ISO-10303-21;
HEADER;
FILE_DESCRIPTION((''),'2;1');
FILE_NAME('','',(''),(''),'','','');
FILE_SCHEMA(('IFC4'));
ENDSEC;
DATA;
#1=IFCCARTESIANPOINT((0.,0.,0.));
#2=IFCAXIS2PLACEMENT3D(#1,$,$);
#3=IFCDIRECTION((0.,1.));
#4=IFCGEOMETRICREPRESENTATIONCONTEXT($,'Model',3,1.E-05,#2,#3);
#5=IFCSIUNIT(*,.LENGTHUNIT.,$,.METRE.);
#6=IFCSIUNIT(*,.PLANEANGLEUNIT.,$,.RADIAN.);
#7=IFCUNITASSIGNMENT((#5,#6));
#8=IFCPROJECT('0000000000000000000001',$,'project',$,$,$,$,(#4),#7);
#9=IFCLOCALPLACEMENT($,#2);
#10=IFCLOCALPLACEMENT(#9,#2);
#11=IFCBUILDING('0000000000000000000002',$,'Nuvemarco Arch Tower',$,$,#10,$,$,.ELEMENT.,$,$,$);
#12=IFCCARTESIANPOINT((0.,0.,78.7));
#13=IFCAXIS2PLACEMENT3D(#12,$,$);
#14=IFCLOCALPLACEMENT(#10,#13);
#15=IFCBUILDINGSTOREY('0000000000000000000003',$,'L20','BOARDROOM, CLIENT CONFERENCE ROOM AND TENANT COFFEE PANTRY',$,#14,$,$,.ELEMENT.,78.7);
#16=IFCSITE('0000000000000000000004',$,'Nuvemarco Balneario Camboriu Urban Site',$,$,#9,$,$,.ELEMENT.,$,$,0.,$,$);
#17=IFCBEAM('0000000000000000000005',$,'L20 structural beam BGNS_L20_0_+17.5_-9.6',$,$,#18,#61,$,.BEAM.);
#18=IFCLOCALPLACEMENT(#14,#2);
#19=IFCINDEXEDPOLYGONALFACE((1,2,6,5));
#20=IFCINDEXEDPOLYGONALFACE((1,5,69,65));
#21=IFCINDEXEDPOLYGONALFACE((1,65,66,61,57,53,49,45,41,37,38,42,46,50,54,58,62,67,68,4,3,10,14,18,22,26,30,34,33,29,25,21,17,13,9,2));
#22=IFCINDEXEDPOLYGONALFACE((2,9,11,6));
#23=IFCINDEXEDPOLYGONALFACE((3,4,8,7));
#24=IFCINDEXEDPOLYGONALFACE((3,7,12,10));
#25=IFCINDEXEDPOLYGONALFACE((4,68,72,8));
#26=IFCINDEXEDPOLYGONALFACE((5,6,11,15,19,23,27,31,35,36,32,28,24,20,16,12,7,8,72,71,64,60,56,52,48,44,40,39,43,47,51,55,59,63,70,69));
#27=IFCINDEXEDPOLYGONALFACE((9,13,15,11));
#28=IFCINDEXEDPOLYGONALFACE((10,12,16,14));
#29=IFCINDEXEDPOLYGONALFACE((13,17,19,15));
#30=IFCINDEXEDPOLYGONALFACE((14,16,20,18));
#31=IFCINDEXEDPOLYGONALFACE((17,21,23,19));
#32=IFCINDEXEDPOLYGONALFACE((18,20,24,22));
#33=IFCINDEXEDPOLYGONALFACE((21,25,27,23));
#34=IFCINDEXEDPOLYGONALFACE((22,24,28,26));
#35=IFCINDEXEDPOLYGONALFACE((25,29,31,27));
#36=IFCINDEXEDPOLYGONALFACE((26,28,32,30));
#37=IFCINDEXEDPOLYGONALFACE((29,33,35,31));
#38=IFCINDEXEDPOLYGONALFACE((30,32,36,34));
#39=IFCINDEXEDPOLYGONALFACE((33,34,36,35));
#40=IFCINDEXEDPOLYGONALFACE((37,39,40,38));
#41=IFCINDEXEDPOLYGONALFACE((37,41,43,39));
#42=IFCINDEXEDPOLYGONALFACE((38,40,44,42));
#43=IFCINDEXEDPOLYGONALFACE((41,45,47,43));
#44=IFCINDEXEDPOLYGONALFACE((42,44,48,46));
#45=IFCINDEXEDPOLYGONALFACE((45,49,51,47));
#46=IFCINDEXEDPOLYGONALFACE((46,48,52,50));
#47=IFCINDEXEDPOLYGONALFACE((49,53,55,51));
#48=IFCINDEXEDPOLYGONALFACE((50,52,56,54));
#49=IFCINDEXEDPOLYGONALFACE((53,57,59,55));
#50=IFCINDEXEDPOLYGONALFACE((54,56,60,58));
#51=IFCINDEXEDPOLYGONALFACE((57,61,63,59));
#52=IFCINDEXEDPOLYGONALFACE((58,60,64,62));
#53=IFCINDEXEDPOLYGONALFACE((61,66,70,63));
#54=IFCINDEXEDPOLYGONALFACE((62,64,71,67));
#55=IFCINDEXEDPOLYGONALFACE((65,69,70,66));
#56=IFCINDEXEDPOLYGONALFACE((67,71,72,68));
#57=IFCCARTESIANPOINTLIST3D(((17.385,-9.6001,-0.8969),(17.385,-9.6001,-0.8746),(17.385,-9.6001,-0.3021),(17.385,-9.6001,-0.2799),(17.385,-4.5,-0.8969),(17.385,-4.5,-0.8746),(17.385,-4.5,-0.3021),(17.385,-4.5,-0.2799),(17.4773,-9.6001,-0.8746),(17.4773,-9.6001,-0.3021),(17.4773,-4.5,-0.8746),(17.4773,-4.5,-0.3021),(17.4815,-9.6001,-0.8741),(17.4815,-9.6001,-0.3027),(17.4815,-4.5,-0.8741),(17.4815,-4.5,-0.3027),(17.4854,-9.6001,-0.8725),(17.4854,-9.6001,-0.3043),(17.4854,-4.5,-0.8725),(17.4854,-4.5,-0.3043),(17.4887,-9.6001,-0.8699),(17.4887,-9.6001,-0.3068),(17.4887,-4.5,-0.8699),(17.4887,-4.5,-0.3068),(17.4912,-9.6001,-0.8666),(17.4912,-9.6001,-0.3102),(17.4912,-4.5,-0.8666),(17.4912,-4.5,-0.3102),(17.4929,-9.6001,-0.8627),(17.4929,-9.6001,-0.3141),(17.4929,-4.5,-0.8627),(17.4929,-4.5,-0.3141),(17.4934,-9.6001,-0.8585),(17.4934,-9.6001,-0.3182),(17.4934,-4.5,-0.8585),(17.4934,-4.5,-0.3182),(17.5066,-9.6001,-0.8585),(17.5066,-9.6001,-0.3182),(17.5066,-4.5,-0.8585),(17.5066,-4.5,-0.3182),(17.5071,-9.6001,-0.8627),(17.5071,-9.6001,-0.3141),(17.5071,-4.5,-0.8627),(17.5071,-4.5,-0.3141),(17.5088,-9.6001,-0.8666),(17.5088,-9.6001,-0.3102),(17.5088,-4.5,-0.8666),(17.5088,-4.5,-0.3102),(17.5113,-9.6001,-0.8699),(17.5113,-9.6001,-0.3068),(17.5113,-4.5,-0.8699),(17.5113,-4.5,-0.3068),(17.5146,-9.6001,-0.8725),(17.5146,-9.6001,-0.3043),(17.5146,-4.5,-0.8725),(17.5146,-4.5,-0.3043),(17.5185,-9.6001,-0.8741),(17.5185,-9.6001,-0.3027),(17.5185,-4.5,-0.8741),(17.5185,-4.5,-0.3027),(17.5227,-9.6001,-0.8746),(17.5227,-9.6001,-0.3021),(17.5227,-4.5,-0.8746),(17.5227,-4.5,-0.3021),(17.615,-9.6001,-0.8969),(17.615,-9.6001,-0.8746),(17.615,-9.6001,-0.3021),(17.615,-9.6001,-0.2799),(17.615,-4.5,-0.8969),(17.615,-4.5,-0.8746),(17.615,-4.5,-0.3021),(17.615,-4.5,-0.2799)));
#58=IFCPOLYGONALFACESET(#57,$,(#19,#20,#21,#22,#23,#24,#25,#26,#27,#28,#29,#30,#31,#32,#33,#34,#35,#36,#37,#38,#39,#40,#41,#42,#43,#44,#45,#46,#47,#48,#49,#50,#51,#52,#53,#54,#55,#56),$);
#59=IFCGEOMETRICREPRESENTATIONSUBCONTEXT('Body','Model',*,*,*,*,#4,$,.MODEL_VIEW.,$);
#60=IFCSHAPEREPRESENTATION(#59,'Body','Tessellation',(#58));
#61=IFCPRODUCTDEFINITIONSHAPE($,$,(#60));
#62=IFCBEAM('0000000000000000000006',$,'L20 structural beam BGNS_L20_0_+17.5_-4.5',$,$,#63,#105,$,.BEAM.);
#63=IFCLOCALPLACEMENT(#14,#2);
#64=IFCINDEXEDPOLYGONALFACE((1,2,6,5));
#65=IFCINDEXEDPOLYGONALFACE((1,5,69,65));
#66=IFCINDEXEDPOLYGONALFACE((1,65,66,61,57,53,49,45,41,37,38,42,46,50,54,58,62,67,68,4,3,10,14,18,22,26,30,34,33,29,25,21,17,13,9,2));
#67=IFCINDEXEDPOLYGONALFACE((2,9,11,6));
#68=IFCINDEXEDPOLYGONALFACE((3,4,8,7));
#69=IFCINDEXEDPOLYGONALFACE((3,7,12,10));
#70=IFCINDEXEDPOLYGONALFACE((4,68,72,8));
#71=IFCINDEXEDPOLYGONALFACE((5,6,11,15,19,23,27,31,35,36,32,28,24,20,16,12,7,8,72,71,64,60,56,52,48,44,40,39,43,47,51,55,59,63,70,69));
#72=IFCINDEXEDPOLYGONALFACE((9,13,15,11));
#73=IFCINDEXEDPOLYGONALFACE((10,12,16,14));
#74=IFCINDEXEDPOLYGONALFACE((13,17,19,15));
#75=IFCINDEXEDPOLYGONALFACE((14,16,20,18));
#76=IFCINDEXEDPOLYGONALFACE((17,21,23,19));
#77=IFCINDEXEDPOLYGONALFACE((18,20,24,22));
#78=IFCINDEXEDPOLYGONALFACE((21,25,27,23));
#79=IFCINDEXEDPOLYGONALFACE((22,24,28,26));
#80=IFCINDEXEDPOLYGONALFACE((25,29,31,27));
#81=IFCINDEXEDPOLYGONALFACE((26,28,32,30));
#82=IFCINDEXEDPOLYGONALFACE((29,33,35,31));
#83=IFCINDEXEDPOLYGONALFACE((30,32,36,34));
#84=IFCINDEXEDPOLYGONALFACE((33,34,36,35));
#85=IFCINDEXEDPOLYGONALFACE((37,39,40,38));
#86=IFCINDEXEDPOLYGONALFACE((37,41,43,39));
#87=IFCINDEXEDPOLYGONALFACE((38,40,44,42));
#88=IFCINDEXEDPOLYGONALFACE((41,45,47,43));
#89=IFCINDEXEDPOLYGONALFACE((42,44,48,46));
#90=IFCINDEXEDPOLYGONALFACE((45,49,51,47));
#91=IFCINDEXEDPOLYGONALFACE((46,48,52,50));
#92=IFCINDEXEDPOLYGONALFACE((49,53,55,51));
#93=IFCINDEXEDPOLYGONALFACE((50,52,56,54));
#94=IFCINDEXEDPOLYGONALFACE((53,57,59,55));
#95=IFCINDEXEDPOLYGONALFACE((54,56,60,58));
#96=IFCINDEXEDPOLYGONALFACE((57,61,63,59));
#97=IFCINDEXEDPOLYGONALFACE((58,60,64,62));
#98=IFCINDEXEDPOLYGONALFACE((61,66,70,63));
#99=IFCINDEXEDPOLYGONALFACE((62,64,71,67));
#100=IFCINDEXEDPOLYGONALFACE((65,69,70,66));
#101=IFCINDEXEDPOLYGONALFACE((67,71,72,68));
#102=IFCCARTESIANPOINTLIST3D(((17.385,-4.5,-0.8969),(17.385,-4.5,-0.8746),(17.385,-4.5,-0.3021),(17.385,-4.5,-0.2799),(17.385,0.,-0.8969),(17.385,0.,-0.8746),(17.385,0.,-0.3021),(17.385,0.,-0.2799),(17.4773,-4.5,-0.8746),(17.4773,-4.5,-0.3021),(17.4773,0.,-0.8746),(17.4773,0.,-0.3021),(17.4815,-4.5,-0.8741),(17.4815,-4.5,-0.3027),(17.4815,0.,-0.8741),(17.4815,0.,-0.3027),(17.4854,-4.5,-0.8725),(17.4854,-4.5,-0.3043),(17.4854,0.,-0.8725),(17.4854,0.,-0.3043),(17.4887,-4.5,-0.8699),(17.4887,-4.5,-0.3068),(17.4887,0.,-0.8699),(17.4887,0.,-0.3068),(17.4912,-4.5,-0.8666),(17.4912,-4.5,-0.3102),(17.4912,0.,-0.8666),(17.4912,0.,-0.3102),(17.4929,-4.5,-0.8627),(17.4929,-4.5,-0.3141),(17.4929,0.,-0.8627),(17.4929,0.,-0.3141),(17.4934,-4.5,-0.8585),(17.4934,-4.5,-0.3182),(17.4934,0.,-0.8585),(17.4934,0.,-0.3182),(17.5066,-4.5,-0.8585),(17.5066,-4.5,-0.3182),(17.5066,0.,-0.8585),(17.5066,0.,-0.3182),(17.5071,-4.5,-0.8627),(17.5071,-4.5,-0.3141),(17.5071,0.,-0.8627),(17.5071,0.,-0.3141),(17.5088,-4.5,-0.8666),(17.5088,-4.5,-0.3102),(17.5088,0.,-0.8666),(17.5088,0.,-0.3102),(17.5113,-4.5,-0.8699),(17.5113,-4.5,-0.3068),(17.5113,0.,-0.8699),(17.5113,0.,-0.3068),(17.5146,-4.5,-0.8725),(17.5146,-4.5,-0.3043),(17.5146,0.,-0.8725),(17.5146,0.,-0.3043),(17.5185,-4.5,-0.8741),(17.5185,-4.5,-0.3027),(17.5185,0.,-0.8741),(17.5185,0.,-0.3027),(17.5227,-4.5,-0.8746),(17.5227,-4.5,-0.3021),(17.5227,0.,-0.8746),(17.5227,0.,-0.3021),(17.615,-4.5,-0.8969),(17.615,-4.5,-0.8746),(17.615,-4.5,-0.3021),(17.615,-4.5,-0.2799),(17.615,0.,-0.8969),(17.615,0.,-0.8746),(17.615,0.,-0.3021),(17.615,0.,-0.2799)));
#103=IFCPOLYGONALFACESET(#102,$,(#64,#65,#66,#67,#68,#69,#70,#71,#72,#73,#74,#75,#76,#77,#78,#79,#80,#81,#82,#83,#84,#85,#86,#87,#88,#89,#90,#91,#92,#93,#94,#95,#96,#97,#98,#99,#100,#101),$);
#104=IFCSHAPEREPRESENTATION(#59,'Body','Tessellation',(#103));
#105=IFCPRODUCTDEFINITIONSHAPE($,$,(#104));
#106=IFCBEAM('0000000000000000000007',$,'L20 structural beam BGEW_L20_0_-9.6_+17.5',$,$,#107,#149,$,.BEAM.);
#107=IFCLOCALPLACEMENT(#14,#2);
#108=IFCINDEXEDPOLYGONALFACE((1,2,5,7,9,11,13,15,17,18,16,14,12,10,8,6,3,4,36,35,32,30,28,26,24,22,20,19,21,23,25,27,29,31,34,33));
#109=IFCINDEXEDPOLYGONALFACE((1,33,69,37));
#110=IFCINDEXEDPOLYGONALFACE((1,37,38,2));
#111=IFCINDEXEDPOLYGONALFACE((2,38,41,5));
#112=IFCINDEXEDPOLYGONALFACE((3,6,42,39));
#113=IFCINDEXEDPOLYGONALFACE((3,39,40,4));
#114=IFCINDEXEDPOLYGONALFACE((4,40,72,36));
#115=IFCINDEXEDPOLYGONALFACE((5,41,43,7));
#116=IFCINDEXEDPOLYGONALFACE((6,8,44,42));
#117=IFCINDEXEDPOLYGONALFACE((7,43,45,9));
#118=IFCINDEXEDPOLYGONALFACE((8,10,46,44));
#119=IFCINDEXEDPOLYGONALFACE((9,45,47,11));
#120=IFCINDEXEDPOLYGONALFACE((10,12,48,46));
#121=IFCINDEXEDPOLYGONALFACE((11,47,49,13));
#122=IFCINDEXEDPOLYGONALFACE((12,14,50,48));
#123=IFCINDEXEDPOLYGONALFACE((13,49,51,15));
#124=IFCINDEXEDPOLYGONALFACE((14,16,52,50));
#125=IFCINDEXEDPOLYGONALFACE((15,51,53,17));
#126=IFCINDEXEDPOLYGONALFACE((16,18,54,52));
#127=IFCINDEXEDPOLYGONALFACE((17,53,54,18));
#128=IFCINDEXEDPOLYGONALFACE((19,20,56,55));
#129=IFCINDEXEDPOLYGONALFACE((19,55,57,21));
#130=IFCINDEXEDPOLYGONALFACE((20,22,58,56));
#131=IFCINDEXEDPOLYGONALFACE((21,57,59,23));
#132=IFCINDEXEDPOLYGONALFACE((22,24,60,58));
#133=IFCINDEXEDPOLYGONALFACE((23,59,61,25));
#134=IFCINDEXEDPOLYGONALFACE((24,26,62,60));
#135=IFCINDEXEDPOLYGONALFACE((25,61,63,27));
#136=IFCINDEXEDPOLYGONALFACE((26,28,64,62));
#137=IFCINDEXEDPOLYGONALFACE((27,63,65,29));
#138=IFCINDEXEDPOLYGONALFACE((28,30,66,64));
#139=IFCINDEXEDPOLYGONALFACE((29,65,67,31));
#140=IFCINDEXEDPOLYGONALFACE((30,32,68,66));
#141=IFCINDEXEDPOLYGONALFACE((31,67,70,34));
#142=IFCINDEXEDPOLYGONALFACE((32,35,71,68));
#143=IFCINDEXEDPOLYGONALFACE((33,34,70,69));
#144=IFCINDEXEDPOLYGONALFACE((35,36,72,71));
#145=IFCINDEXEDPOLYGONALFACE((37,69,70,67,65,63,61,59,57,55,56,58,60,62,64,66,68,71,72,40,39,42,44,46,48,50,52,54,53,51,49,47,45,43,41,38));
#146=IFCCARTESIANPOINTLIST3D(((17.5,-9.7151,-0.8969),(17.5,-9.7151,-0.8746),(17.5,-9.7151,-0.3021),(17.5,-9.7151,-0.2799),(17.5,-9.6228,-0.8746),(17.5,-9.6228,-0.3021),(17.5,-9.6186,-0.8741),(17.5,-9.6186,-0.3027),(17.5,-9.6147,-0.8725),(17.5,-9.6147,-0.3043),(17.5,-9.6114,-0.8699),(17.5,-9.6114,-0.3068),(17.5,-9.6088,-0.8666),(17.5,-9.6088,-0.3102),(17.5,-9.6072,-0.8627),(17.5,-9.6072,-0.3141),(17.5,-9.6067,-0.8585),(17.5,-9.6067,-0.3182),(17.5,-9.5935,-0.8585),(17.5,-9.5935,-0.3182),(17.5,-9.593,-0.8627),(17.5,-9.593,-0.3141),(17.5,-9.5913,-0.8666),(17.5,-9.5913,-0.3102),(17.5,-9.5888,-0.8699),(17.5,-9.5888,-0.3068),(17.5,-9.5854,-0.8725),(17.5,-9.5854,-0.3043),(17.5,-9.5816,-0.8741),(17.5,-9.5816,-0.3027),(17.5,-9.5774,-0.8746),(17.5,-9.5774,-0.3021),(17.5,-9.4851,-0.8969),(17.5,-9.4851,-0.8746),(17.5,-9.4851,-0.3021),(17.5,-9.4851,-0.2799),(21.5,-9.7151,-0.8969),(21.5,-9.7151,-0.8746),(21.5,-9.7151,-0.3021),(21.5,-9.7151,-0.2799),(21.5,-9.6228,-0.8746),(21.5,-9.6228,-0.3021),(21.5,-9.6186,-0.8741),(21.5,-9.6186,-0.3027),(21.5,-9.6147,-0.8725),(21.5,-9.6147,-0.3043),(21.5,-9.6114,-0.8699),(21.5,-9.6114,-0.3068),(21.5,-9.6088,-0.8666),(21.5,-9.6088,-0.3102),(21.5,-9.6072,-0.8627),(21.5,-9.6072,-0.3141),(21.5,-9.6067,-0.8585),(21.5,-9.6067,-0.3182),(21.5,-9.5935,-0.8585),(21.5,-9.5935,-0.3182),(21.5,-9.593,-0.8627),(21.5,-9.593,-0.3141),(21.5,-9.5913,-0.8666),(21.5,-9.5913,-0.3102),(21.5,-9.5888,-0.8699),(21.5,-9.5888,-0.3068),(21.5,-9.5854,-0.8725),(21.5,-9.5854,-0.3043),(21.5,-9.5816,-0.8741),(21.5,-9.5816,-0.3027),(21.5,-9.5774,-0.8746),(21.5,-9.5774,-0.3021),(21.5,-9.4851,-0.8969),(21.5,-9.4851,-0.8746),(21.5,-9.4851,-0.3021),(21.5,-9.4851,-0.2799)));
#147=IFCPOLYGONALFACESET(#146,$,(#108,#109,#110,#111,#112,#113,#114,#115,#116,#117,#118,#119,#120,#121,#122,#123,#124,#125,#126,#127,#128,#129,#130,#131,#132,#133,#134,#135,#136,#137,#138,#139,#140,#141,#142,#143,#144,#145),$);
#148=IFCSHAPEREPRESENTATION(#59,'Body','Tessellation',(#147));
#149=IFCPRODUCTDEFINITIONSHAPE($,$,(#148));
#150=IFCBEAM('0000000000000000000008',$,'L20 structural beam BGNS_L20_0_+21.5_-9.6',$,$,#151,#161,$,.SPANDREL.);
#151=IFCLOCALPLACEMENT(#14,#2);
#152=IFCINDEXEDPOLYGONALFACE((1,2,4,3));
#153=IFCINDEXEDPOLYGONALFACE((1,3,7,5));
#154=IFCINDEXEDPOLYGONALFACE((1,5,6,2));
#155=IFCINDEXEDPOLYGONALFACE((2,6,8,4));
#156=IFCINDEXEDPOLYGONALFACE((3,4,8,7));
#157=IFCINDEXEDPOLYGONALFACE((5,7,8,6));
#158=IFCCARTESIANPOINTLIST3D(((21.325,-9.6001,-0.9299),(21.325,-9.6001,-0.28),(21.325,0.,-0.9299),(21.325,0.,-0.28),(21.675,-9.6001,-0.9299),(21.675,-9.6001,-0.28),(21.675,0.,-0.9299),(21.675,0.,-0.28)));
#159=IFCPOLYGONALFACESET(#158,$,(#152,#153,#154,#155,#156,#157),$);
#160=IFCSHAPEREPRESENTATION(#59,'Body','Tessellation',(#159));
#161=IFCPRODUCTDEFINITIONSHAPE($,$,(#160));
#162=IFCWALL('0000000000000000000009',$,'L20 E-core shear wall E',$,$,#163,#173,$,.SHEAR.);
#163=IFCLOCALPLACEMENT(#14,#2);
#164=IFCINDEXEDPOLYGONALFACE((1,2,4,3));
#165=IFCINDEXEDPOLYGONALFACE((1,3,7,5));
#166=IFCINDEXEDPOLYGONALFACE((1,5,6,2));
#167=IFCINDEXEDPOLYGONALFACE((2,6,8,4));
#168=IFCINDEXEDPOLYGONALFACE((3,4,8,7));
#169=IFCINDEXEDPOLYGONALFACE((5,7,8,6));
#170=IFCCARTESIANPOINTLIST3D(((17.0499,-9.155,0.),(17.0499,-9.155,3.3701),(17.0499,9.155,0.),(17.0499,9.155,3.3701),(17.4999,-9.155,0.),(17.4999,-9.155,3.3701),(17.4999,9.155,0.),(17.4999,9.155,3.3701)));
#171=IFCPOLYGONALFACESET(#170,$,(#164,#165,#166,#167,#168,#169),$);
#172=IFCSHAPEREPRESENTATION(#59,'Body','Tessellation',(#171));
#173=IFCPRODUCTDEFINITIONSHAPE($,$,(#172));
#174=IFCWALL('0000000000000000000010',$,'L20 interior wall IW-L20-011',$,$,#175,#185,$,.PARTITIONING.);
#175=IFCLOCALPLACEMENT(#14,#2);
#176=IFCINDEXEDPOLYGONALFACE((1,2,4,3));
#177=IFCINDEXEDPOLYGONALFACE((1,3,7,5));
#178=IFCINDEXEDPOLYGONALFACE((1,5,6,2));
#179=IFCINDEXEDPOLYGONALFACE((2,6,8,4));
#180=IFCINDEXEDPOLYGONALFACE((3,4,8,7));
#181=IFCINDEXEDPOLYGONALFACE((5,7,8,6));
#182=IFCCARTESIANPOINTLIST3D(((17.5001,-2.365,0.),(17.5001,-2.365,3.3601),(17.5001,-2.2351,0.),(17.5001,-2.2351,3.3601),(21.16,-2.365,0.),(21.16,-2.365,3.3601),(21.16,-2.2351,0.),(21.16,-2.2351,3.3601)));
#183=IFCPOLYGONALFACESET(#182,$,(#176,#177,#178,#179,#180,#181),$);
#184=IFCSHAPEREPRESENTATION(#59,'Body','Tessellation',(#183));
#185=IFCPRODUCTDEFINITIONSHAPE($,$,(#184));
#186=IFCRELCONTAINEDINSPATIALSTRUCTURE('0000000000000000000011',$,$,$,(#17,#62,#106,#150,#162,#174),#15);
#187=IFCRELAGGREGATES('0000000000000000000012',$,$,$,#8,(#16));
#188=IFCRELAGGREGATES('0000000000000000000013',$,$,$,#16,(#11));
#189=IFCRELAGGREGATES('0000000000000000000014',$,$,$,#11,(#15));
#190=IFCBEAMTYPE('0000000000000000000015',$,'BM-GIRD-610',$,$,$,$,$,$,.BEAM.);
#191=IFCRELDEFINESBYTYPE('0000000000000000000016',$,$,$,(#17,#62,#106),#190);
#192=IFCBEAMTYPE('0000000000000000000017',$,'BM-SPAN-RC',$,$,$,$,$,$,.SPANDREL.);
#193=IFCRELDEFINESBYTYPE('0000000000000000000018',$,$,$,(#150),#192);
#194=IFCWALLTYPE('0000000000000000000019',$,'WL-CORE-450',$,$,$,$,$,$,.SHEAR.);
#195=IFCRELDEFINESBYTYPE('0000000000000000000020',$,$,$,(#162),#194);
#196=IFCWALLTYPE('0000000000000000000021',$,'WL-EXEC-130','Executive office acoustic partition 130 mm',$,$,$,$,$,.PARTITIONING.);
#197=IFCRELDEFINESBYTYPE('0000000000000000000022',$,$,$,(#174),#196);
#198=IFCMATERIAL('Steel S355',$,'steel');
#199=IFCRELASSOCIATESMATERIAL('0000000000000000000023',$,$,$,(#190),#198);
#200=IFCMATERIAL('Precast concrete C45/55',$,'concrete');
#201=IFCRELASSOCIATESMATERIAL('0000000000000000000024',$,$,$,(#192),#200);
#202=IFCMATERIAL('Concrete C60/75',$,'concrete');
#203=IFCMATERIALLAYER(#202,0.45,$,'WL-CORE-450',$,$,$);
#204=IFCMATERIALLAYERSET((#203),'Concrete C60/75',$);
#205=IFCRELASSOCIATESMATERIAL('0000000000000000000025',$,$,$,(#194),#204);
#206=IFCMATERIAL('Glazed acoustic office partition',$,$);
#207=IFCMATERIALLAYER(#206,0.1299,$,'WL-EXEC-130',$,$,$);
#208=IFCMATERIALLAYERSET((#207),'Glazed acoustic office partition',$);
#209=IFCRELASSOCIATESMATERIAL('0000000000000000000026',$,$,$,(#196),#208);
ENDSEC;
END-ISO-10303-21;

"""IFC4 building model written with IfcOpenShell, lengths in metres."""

from ifc_helpers import new_model, si_unit, direction, frame, frame_2d, origin, origin_2d, place, context, subcontext, project, spatial, rectangle, i_section, extrude, material, layer, layer_set, material_profile, profile_set, type_object, element, save


model = new_model("IFC4")

# Units and contexts
model_context = context("Model", 3, precision=1e-05, world=origin(), true_north=direction((0.0, 1.0)))
body_context = subcontext(model_context, "Body", "Model", "MODEL_VIEW")
ifc_project = project(units=[si_unit("LENGTHUNIT", "METRE"), si_unit("PLANEANGLEUNIT", "RADIAN")], contexts=[model_context])

# Site, building, storey
site_placement = place(None, origin())
site = spatial("IfcSite", under=ifc_project, at=site_placement, Name="Nuvemarco Balneario Camboriu Urban Site", CompositionType="ELEMENT", RefElevation=0.0)
building_placement = place(site_placement, origin())
building = spatial("IfcBuilding", under=site, at=building_placement, Name="Nuvemarco Arch Tower", CompositionType="ELEMENT")
storey_placement = place(building_placement, frame((0.0, 0.0, 78.7)))
storey = spatial("IfcBuildingStorey", under=building, at=storey_placement, Name="L20", Description="BOARDROOM, CLIENT CONFERENCE ROOM AND TENANT COFFEE PANTRY", CompositionType="ELEMENT", Elevation=78.7)

# Shared definitions
ifc_material_1 = material(Name="Concrete C60/75", Category="concrete")

# Beams
ifc_material_2 = material(Name="Steel S355", Category="steel")
ifc_material_profile_1 = material_profile(ifc_material_2, i_section(OverallWidth=0.23, OverallDepth=0.6169, WebThickness=0.0132, FlangeThickness=0.0222, FilletRadius=0.0161, at=origin_2d()), Name="W610x140")
ifc_profile_set_1 = profile_set([ifc_material_profile_1], Name="Steel S355")
beam_type_1 = type_object("IfcBeamType", Name="BM-GIRD-610", PredefinedType="BEAM", material=ifc_profile_set_1)
beam_1_placement = place(storey_placement, frame((17.5, -9.6001, -0.5884), z_axis=(0.0, 1.0, 0.0), x_axis=(-1.0, 0.0, 0.0)))
element("IfcBeam", 1, at=beam_1_placement, inside=storey, type_object=beam_type_1, Name="L20 structural beam BGNS_L20_0_+17.5_-9.6", PredefinedType="BEAM", context=body_context, shape_type="SweptSolid", body=[
    extrude(i_section(OverallWidth=0.23, OverallDepth=0.6169, WebThickness=0.0132, FlangeThickness=0.0222, FilletRadius=0.0161, at=origin_2d()), origin(), (0.0, 0.0, 1.0), 5.1001),
])
beam_2_placement = place(storey_placement, frame((17.5, -4.5, -0.5884), z_axis=(0.0, 1.0, 0.0), x_axis=(-1.0, 0.0, 0.0)))
element("IfcBeam", 2, at=beam_2_placement, inside=storey, type_object=beam_type_1, Name="L20 structural beam BGNS_L20_0_+17.5_-4.5", PredefinedType="BEAM", context=body_context, shape_type="SweptSolid", body=[
    extrude(i_section(OverallWidth=0.23, OverallDepth=0.6169, WebThickness=0.0132, FlangeThickness=0.0222, FilletRadius=0.0161, at=origin_2d()), origin(), (0.0, 0.0, 1.0), 4.5),
])
beam_3_placement = place(storey_placement, frame((17.5, -9.6001, -0.5884), z_axis=(1.0, 0.0, 0.0), x_axis=(0.0, 1.0, 0.0)))
element("IfcBeam", 3, at=beam_3_placement, inside=storey, type_object=beam_type_1, Name="L20 structural beam BGEW_L20_0_-9.6_+17.5", PredefinedType="BEAM", context=body_context, shape_type="SweptSolid", body=[
    extrude(i_section(OverallWidth=0.23, OverallDepth=0.6169, WebThickness=0.0132, FlangeThickness=0.0222, FilletRadius=0.0161, at=origin_2d()), origin(), (0.0, 0.0, 1.0), 4.0),
])
ifc_material_3 = material(Name="Precast concrete C45/55", Category="concrete")
ifc_material_profile_2 = material_profile(ifc_material_3, rectangle(XDim=0.3501, YDim=0.6499, at=origin_2d()), Name="PC-SP-350x650")
ifc_profile_set_2 = profile_set([ifc_material_profile_2], Name="Precast concrete C45/55")
beam_type_2 = type_object("IfcBeamType", Name="BM-SPAN-RC", PredefinedType="SPANDREL", material=ifc_profile_set_2)
beam_4_placement = place(storey_placement, frame((21.5, -9.6001, -0.605), z_axis=(0.0, 1.0, 0.0), x_axis=(-1.0, 0.0, 0.0)))
element("IfcBeam", 4, at=beam_4_placement, inside=storey, type_object=beam_type_2, Name="L20 structural beam BGNS_L20_0_+21.5_-9.6", PredefinedType="SPANDREL", context=body_context, shape_type="SweptSolid", body=[
    extrude(rectangle(XDim=0.3501, YDim=0.6499, at=origin_2d()), origin(), (0.0, 0.0, 1.0), 9.6001),
])

# Walls
ifc_layer_1 = layer(ifc_material_1, 0.45, Name="WL-CORE-450")
ifc_layer_set_1 = layer_set([ifc_layer_1], Name="Concrete C60/75")
wall_type_1 = type_object("IfcWallType", Name="WL-CORE-450", PredefinedType="SHEAR", material=ifc_layer_set_1)
wall_1_placement = place(storey_placement, frame((17.2749, -9.155, 0.0), z_axis=(0.0, 0.0, 1.0), x_axis=(0.0, 1.0, 0.0)))
element("IfcWall", 5, at=wall_1_placement, inside=storey, type_object=wall_type_1, Name="L20 E-core shear wall E", PredefinedType="SHEAR", context=body_context, shape_type="SweptSolid", body=[
    extrude(rectangle(XDim=18.3101, YDim=0.45, at=frame_2d((9.155, 0.0))), origin(), (0.0, 0.0, 1.0), 3.3701),
])
ifc_material_4 = material(Name="Glazed acoustic office partition")
ifc_layer_2 = layer(ifc_material_4, 0.1299, Name="WL-EXEC-130")
ifc_layer_set_2 = layer_set([ifc_layer_2], Name="Glazed acoustic office partition")
wall_type_2 = type_object("IfcWallType", Name="WL-EXEC-130", Description="Executive office acoustic partition 130 mm", PredefinedType="PARTITIONING", material=ifc_layer_set_2)
wall_2_placement = place(storey_placement, frame((17.5, -2.3, 0.0), z_axis=(0.0, 0.0, 1.0), x_axis=(1.0, 0.0, 0.0)))
element("IfcWall", 6, at=wall_2_placement, inside=storey, type_object=wall_type_2, Name="L20 interior wall IW-L20-011", PredefinedType="PARTITIONING", context=body_context, shape_type="SweptSolid", body=[
    extrude(rectangle(XDim=3.6599, YDim=0.1299, at=frame_2d((1.8301, 0.0))), origin(), (0.0, 0.0, 1.0), 3.3601),
])

save(model, "model.ifc")
